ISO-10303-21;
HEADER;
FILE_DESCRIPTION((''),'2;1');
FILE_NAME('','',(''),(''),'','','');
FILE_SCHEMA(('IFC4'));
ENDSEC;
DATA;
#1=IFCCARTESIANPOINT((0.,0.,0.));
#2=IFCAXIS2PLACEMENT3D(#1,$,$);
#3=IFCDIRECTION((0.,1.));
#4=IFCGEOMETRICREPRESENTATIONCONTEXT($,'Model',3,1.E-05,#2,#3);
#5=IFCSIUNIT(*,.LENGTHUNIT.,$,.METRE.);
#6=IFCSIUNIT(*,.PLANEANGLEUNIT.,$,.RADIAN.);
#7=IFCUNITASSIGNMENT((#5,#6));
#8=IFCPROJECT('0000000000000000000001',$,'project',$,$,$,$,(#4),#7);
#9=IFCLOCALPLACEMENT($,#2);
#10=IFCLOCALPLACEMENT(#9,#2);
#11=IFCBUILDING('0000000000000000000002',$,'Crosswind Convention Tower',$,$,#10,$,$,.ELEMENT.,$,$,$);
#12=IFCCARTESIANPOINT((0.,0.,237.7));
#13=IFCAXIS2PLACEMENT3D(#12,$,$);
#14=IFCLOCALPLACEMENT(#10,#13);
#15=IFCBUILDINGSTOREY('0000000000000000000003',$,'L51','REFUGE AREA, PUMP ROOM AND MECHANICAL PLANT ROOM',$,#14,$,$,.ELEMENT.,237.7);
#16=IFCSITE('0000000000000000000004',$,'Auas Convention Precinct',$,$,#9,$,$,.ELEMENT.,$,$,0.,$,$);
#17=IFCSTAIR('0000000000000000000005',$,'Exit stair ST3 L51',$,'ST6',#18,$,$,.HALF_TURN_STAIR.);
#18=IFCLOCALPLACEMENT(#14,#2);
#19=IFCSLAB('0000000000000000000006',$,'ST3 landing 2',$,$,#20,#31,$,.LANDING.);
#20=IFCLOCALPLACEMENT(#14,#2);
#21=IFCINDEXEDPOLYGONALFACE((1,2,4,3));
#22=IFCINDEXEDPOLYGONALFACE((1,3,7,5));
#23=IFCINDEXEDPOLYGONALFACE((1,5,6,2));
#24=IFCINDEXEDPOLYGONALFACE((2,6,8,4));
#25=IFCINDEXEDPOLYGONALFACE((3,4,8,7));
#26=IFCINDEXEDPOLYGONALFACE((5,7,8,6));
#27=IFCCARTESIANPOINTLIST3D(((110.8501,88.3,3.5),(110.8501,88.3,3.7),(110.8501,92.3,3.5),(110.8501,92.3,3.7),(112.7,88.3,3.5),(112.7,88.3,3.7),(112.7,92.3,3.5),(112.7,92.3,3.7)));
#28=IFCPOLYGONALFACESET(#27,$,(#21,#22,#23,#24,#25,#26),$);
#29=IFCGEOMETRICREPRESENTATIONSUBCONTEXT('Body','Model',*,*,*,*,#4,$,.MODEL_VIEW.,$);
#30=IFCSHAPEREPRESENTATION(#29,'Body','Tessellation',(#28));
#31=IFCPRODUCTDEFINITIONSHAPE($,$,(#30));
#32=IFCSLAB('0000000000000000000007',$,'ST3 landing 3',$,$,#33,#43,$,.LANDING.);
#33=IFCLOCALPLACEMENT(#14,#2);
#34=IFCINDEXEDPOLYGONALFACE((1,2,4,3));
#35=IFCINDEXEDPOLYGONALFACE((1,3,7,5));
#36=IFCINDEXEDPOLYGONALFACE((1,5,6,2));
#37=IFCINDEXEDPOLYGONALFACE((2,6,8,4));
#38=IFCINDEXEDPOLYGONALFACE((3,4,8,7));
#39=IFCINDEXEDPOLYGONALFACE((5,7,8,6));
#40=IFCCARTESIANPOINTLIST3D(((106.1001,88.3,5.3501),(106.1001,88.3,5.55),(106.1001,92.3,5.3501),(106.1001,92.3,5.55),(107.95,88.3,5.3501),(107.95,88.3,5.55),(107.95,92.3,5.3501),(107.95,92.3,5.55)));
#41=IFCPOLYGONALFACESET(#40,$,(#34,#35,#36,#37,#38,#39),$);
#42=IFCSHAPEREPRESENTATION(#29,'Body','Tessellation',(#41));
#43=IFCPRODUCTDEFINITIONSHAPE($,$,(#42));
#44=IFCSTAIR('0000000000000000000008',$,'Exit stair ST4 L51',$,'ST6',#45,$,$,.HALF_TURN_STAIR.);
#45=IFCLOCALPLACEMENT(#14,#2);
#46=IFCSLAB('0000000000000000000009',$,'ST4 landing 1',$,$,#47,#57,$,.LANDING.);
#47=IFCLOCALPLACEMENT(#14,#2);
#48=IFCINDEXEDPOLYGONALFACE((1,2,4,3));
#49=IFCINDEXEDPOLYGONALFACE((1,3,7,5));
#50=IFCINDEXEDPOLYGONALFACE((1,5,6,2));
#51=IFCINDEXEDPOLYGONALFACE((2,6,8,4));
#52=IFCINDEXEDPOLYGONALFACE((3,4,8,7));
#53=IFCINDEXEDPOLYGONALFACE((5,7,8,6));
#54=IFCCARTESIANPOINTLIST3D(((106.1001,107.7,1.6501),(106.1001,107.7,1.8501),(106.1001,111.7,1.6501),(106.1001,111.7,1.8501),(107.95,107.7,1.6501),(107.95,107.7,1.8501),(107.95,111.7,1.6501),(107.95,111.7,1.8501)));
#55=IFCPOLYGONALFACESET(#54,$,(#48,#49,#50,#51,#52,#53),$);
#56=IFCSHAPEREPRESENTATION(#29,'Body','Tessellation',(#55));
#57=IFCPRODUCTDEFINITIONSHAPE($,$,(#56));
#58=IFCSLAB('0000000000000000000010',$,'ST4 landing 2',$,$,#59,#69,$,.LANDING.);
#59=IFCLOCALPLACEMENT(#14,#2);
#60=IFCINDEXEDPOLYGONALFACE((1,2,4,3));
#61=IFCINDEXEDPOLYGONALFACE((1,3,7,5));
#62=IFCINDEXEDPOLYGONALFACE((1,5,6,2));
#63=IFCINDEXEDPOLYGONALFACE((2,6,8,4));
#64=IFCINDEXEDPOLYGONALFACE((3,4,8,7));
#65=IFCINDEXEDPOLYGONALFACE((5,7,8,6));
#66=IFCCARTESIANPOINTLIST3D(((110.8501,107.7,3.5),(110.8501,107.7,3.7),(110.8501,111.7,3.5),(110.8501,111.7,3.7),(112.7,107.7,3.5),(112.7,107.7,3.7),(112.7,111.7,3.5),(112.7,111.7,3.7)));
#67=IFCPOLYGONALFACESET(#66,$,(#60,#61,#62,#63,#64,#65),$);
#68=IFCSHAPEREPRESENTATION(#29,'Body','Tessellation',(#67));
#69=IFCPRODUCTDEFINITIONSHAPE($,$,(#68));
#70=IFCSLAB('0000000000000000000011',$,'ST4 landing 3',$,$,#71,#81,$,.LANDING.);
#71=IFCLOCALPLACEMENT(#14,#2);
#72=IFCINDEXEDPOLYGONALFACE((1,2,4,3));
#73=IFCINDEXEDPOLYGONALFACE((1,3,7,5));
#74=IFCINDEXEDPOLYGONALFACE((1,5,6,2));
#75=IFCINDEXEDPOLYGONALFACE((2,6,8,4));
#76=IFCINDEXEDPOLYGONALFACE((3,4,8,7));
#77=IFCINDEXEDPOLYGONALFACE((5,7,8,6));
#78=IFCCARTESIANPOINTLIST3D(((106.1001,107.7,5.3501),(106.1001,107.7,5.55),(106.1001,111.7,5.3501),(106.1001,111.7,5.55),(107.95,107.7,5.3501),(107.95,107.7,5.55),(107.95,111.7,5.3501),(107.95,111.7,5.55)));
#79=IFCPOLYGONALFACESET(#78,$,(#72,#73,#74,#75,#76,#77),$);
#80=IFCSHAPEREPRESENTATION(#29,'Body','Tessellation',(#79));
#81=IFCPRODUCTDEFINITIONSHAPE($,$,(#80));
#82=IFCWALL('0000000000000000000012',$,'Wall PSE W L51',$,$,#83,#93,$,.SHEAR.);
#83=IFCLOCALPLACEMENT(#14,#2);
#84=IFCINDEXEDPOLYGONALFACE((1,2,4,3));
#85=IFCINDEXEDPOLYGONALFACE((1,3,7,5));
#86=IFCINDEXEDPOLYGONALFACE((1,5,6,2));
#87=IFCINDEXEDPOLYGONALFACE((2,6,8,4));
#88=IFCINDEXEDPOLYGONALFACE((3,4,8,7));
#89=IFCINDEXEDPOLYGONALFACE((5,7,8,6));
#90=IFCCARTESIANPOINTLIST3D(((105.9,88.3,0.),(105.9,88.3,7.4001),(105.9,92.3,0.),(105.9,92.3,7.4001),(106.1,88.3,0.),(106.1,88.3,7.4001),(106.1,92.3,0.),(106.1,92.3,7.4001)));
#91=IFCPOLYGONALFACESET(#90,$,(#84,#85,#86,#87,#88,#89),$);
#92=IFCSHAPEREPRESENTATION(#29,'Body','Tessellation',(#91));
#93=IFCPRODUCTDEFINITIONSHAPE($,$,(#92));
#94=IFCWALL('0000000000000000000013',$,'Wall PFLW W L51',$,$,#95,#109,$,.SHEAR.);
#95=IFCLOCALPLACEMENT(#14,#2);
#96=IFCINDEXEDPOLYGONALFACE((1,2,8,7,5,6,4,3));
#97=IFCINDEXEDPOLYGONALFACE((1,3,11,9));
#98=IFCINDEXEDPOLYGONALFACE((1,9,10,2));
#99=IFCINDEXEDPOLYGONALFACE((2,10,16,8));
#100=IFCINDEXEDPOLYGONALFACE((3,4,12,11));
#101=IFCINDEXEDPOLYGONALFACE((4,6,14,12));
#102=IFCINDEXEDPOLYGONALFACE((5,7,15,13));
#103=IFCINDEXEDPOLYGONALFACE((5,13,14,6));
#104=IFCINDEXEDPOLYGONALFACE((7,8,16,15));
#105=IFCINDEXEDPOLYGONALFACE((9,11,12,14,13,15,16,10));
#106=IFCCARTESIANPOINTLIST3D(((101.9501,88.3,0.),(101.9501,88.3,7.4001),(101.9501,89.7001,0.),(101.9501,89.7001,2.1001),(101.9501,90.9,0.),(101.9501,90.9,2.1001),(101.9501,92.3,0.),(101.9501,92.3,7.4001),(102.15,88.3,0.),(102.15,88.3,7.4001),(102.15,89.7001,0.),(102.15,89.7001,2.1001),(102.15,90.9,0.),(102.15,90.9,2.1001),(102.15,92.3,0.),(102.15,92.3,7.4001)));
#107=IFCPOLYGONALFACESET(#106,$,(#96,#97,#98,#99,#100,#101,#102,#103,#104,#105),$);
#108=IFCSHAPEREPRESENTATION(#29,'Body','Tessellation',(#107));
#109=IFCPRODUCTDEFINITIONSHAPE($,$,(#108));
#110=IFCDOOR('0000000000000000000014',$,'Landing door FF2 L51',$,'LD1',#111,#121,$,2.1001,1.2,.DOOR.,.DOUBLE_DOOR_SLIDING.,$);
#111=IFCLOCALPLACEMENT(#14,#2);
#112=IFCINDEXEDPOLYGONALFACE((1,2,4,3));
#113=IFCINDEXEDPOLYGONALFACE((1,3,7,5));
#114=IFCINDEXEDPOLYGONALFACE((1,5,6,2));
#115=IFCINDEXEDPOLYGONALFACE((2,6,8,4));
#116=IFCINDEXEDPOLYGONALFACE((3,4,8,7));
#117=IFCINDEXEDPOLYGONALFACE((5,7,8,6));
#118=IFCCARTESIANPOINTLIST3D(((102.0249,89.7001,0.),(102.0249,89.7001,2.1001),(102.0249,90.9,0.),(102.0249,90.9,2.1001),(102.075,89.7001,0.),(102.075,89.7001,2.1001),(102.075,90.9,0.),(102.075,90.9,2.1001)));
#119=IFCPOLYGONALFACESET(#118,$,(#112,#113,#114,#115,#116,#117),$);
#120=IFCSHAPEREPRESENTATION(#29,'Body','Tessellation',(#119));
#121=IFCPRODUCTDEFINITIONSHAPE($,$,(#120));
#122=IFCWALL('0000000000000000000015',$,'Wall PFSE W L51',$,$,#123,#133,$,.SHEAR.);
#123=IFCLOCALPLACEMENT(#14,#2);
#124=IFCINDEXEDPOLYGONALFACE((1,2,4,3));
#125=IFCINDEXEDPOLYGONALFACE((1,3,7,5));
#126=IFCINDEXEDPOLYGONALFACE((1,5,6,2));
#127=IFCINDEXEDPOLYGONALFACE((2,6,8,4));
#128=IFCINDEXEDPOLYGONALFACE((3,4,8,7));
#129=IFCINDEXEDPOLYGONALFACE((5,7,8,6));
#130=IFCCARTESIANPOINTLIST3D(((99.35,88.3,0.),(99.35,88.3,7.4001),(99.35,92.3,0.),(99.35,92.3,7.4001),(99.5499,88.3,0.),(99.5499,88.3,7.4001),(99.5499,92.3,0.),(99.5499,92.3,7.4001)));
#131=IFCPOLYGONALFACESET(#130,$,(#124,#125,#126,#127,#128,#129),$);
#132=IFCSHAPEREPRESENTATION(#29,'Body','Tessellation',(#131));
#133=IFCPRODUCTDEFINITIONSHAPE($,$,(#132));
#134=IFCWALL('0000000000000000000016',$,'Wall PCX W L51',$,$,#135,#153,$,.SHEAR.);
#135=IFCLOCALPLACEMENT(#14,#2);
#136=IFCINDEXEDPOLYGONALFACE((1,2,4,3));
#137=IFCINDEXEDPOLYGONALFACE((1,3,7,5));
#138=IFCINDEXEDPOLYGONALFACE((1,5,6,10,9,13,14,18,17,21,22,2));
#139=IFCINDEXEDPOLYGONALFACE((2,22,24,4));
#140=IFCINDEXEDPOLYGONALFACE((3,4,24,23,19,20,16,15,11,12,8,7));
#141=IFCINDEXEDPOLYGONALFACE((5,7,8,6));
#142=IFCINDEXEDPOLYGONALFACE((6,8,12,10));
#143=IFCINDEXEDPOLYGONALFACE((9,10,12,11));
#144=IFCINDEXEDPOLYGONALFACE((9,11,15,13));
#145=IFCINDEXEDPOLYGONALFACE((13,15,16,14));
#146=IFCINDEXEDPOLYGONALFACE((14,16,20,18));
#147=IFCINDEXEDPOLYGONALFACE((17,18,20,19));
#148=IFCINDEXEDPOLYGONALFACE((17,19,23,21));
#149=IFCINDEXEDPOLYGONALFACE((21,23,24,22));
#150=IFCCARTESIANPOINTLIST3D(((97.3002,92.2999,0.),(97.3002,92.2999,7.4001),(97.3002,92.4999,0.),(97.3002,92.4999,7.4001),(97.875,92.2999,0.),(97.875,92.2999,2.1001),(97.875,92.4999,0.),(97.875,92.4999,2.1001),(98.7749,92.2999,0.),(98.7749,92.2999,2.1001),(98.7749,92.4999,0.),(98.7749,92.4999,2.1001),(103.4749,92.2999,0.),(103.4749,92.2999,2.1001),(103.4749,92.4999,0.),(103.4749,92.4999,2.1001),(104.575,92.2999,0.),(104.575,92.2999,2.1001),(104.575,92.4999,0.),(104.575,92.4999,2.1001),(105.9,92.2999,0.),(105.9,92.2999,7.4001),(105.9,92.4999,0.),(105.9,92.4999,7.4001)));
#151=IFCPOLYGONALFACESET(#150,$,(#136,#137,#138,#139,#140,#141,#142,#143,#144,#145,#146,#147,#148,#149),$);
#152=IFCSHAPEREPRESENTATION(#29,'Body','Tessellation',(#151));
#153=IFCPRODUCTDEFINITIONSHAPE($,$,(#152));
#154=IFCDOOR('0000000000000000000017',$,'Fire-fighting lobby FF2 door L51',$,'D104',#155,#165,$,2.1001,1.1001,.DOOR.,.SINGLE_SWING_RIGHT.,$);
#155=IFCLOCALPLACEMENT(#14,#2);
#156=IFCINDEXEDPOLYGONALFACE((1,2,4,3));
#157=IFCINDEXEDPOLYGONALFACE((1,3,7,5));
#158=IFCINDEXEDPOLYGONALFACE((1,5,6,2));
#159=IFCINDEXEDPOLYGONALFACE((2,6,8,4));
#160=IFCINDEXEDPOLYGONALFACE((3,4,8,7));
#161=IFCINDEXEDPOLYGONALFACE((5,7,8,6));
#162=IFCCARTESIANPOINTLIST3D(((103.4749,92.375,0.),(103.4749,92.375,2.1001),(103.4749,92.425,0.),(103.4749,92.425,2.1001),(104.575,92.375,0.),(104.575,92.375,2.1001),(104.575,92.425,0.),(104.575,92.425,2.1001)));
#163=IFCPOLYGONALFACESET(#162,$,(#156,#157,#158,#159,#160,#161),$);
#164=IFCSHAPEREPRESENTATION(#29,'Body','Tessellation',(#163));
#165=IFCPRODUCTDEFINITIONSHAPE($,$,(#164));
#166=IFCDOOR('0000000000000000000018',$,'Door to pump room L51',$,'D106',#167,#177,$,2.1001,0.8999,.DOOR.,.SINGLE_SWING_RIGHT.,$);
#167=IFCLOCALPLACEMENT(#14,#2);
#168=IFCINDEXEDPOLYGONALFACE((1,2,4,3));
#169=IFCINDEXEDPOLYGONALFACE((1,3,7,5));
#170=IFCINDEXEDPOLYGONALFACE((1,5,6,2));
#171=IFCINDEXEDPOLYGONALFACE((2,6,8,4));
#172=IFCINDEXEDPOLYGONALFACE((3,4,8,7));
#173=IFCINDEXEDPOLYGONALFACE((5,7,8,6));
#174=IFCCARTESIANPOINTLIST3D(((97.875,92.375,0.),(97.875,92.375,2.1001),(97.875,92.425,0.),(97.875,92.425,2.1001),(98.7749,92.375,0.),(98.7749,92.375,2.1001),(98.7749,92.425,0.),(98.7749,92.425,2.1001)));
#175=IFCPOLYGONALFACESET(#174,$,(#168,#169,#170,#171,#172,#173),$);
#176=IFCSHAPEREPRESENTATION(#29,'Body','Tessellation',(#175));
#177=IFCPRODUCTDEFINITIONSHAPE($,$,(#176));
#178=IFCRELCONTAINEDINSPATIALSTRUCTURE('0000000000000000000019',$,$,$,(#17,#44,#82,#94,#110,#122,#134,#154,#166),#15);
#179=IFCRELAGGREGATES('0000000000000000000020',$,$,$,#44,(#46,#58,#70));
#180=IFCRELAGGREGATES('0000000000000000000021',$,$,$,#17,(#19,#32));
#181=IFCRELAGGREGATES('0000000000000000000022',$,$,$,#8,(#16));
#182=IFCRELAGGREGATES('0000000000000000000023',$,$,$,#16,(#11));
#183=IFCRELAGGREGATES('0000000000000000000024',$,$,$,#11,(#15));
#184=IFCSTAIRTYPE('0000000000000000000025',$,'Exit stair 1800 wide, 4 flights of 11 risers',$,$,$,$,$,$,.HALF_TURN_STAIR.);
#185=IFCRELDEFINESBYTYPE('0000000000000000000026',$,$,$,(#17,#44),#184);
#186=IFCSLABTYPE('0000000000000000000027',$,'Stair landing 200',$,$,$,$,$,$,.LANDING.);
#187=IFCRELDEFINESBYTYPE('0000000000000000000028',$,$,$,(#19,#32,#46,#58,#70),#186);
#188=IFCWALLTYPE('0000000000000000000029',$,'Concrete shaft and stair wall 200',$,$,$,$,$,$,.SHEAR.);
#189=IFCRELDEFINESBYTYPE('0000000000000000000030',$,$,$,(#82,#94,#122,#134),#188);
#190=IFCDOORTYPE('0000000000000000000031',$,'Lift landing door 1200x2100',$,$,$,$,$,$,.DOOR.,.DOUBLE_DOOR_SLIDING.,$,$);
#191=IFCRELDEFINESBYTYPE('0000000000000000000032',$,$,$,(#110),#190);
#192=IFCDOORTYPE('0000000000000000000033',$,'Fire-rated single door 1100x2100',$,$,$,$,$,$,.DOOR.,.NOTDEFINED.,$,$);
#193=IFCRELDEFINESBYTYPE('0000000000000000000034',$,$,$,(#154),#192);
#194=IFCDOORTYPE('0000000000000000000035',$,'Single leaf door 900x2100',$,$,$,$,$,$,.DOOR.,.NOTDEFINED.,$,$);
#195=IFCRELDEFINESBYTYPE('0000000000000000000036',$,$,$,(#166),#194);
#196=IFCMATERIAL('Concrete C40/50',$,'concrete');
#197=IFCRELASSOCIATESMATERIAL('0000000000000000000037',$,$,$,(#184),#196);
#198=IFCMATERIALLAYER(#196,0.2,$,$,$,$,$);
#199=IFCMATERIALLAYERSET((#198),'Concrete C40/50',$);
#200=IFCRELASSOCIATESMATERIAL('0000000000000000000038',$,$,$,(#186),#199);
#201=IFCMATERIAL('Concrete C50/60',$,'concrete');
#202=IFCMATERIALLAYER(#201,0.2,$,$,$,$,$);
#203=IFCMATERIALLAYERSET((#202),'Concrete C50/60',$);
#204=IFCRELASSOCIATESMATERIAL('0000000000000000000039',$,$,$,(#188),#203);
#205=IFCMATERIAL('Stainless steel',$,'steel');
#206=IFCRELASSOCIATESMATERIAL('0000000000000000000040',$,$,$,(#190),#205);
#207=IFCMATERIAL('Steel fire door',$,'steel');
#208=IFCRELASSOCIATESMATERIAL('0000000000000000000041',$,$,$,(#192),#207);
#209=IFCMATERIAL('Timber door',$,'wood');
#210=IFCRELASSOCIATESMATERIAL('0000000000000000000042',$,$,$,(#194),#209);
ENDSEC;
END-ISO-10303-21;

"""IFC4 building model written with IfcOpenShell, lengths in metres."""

from ifc_helpers import new_model, si_unit, direction, frame, frame_2d, origin, place, context, subcontext, project, spatial, polyline, rectangle, outline, extrude, material, layer, layer_set, type_object, element, fill, aggregate, save


model = new_model("IFC4")

# Units and contexts
model_context = context("Model", 3, precision=1e-05, world=origin(), true_north=direction((0.0, 1.0)))
body_context = subcontext(model_context, "Body", "Model", "MODEL_VIEW")
ifc_project = project(units=[si_unit("LENGTHUNIT", "METRE"), si_unit("PLANEANGLEUNIT", "RADIAN")], contexts=[model_context])

# Site, building, storey
site_placement = place(None, origin())
site = spatial("IfcSite", under=ifc_project, at=site_placement, Name="Auas Convention Precinct", CompositionType="ELEMENT", RefElevation=0.0)
building_placement = place(site_placement, origin())
building = spatial("IfcBuilding", under=site, at=building_placement, Name="Crosswind Convention Tower", CompositionType="ELEMENT")
storey_placement = place(building_placement, frame((0.0, 0.0, 237.7)))
storey = spatial("IfcBuildingStorey", under=building, at=storey_placement, Name="L51", Description="REFUGE AREA, PUMP ROOM AND MECHANICAL PLANT ROOM", CompositionType="ELEMENT", Elevation=237.7)

# Shared definitions
ifc_material_1 = material(Name="Concrete C40/50", Category="concrete")

# Stairs, slabs
stair_type = type_object("IfcStairType", Name="Exit stair 1800 wide, 4 flights of 11 risers", PredefinedType="HALF_TURN_STAIR", material=ifc_material_1)
ifc_layer_1 = layer(ifc_material_1, 0.2)
ifc_layer_set_1 = layer_set([ifc_layer_1], Name="Concrete C40/50")
slab_type_1 = type_object("IfcSlabType", Name="Stair landing 200", PredefinedType="LANDING", material=ifc_layer_set_1)
stair_1_placement = place(storey_placement, origin())
stair_1 = element("IfcStair", 1, at=stair_1_placement, inside=storey, type_object=stair_type, Name="Exit stair ST3 L51", ObjectType="ST6", PredefinedType="HALF_TURN_STAIR")
slab_1_placement = place(storey_placement, frame((0.0, 0.0, 3.5)))
slab_1 = element("IfcSlab", 2, at=slab_1_placement, type_object=slab_type_1, Name="ST3 landing 2", PredefinedType="LANDING", context=body_context, shape_type="SweptSolid", body=[
    extrude(outline(polyline([(112.7, 88.3), (112.7, 92.3), (110.8501, 92.3), (110.8501, 88.3), (112.7, 88.3)])), origin(), (0.0, 0.0, 1.0), 0.2),
])
slab_2_placement = place(storey_placement, frame((0.0, 0.0, 5.3501)))
slab_2 = element("IfcSlab", 3, at=slab_2_placement, type_object=slab_type_1, Name="ST3 landing 3", PredefinedType="LANDING", context=body_context, shape_type="SweptSolid", body=[
    extrude(outline(polyline([(107.95, 88.3), (107.95, 92.3), (106.1001, 92.3), (106.1001, 88.3), (107.95, 88.3)])), origin(), (0.0, 0.0, 1.0), 0.2),
])
stair_2_placement = place(storey_placement, origin())
stair_2 = element("IfcStair", 4, at=stair_2_placement, inside=storey, type_object=stair_type, Name="Exit stair ST4 L51", ObjectType="ST6", PredefinedType="HALF_TURN_STAIR")
slab_3_placement = place(storey_placement, frame((0.0, 0.0, 1.6501)))
slab_3 = element("IfcSlab", 5, at=slab_3_placement, type_object=slab_type_1, Name="ST4 landing 1", PredefinedType="LANDING", context=body_context, shape_type="SweptSolid", body=[
    extrude(outline(polyline([(107.95, 107.7), (107.95, 111.7), (106.1001, 111.7), (106.1001, 107.7), (107.95, 107.7)])), origin(), (0.0, 0.0, 1.0), 0.2),
])
slab_4_placement = place(storey_placement, frame((0.0, 0.0, 3.5)))
slab_4 = element("IfcSlab", 6, at=slab_4_placement, type_object=slab_type_1, Name="ST4 landing 2", PredefinedType="LANDING", context=body_context, shape_type="SweptSolid", body=[
    extrude(outline(polyline([(112.7, 107.7), (112.7, 111.7), (110.8501, 111.7), (110.8501, 107.7), (112.7, 107.7)])), origin(), (0.0, 0.0, 1.0), 0.2),
])
slab_5_placement = place(storey_placement, frame((0.0, 0.0, 5.3501)))
slab_5 = element("IfcSlab", 7, at=slab_5_placement, type_object=slab_type_1, Name="ST4 landing 3", PredefinedType="LANDING", context=body_context, shape_type="SweptSolid", body=[
    extrude(outline(polyline([(107.95, 107.7), (107.95, 111.7), (106.1001, 111.7), (106.1001, 107.7), (107.95, 107.7)])), origin(), (0.0, 0.0, 1.0), 0.2),
])
aggregate(stair_2, [slab_3, slab_4, slab_5])

# Wall
ifc_material_2 = material(Name="Concrete C50/60", Category="concrete")
ifc_layer_2 = layer(ifc_material_2, 0.2)
ifc_layer_set_2 = layer_set([ifc_layer_2], Name="Concrete C50/60")
wall_type_1 = type_object("IfcWallType", Name="Concrete shaft and stair wall 200", PredefinedType="SHEAR", material=ifc_layer_set_2)
wall_1_placement = place(storey_placement, frame((106.0, 92.3, 0.0), z_axis=(0.0, 0.0, 1.0), x_axis=(0.0, -1.0, 0.0)))
element("IfcWall", 8, at=wall_1_placement, inside=storey, type_object=wall_type_1, Name="Wall PSE W L51", PredefinedType="SHEAR", context=body_context, shape_type="SweptSolid", body=[
    extrude(rectangle(XDim=4.0, YDim=0.2, at=frame_2d((2.0, 0.0))), origin(), (0.0, 0.0, 1.0), 7.4001),
])

# Wall, opening, door
wall_2_placement = place(storey_placement, frame((102.05, 92.3, 0.0), z_axis=(0.0, 0.0, 1.0), x_axis=(0.0, -1.0, 0.0)))
wall_2 = element("IfcWall", 9, at=wall_2_placement, inside=storey, type_object=wall_type_1, Name="Wall PFLW W L51", PredefinedType="SHEAR", context=body_context, shape_type="SweptSolid", body=[
    extrude(rectangle(XDim=4.0, YDim=0.2, at=frame_2d((2.0, 0.0))), origin(), (0.0, 0.0, 1.0), 7.4001),
])
opening_1_placement = place(wall_2_placement, frame((1.3999, 0.0, 0.0)))
opening_1 = element("IfcOpeningElement", 10, at=opening_1_placement, cuts=wall_2, PredefinedType="OPENING", context=body_context, shape_type="SweptSolid", body=[
    extrude(rectangle(XDim=1.2, YDim=2.1001, at=frame_2d((0.6001, 1.05))), frame((0.0, 0.1099, 0.0), z_axis=(0.0, -1.0, 0.0), x_axis=(1.0, 0.0, 0.0)), (0.0, 0.0, 1.0), 0.22),
])
ifc_material_3 = material(Name="Stainless steel", Category="steel")
door_type_1 = type_object("IfcDoorType", Name="Lift landing door 1200x2100", OperationType="DOUBLE_DOOR_SLIDING", PredefinedType="DOOR", material=ifc_material_3)
door_1_placement = place(opening_1_placement, origin())
door_1 = element("IfcDoor", 11, at=door_1_placement, inside=storey, type_object=door_type_1, Name="Landing door FF2 L51", ObjectType="LD1", OperationType="DOUBLE_DOOR_SLIDING", OverallHeight=2.1001, OverallWidth=1.2, PredefinedType="DOOR", context=body_context, shape_type="SweptSolid", body=[
    extrude(rectangle(XDim=1.2, YDim=2.1001, at=frame_2d((0.6001, 1.05))), frame((0.0, 0.0249, 0.0), z_axis=(0.0, -1.0, 0.0), x_axis=(1.0, 0.0, 0.0)), (0.0, 0.0, 1.0), 0.05),
])
fill(opening_1, door_1)

# Wall
wall_3_placement = place(storey_placement, frame((99.45, 92.3, 0.0), z_axis=(0.0, 0.0, 1.0), x_axis=(0.0, -1.0, 0.0)))
element("IfcWall", 12, at=wall_3_placement, inside=storey, type_object=wall_type_1, Name="Wall PFSE W L51", PredefinedType="SHEAR", context=body_context, shape_type="SweptSolid", body=[
    extrude(rectangle(XDim=4.0, YDim=0.2, at=frame_2d((2.0, 0.0))), origin(), (0.0, 0.0, 1.0), 7.4001),
])

# Wall, openings, doors
wall_4_placement = place(storey_placement, frame((105.8999, 92.3999, 0.0), z_axis=(0.0, 0.0, 1.0), x_axis=(-1.0, 0.0, 0.0)))
wall_4 = element("IfcWall", 13, at=wall_4_placement, inside=storey, type_object=wall_type_1, Name="Wall PCX W L51", PredefinedType="SHEAR", context=body_context, shape_type="SweptSolid", body=[
    extrude(rectangle(XDim=8.5999, YDim=0.2, at=frame_2d((4.2998, 0.0))), origin(), (0.0, 0.0, 1.0), 7.4001),
])
opening_2_placement = place(wall_4_placement, frame((1.325, 0.0, 0.0)))
opening_2 = element("IfcOpeningElement", 14, at=opening_2_placement, cuts=wall_4, PredefinedType="OPENING", context=body_context, shape_type="SweptSolid", body=[
    extrude(rectangle(XDim=1.1001, YDim=2.1001, at=frame_2d((0.55, 1.05))), frame((0.0, 0.1099, 0.0), z_axis=(0.0, -1.0, 0.0), x_axis=(1.0, 0.0, 0.0)), (0.0, 0.0, 1.0), 0.22),
])
opening_3_placement = place(wall_4_placement, frame((7.125, 0.0, 0.0)))
opening_3 = element("IfcOpeningElement", 15, at=opening_3_placement, cuts=wall_4, PredefinedType="OPENING", context=body_context, shape_type="SweptSolid", body=[
    extrude(rectangle(XDim=0.8999, YDim=2.1001, at=frame_2d((0.45, 1.05))), frame((0.0, 0.1099, 0.0), z_axis=(0.0, -1.0, 0.0), x_axis=(1.0, 0.0, 0.0)), (0.0, 0.0, 1.0), 0.22),
])
ifc_material_4 = material(Name="Steel fire door", Category="steel")
door_type_2 = type_object("IfcDoorType", Name="Fire-rated single door 1100x2100", OperationType="NOTDEFINED", PredefinedType="DOOR", material=ifc_material_4)
door_2_placement = place(opening_2_placement, origin())
door_2 = element("IfcDoor", 16, at=door_2_placement, inside=storey, type_object=door_type_2, Name="Fire-fighting lobby FF2 door L51", ObjectType="D104", OperationType="SINGLE_SWING_RIGHT", OverallHeight=2.1001, OverallWidth=1.1001, PredefinedType="DOOR", context=body_context, shape_type="SweptSolid", body=[
    extrude(rectangle(XDim=1.1001, YDim=2.1001, at=frame_2d((0.55, 1.05))), frame((0.0, 0.0249, 0.0), z_axis=(0.0, -1.0, 0.0), x_axis=(1.0, 0.0, 0.0)), (0.0, 0.0, 1.0), 0.05),
])
fill(opening_2, door_2)
ifc_material_5 = material(Name="Timber door", Category="wood")
door_type_3 = type_object("IfcDoorType", Name="Single leaf door 900x2100", OperationType="NOTDEFINED", PredefinedType="DOOR", material=ifc_material_5)
door_3_placement = place(opening_3_placement, origin())
door_3 = element("IfcDoor", 17, at=door_3_placement, inside=storey, type_object=door_type_3, Name="Door to pump room L51", ObjectType="D106", OperationType="SINGLE_SWING_RIGHT", OverallHeight=2.1001, OverallWidth=0.8999, PredefinedType="DOOR", context=body_context, shape_type="SweptSolid", body=[
    extrude(rectangle(XDim=0.8999, YDim=2.1001, at=frame_2d((0.45, 1.05))), frame((0.0, 0.0249, 0.0), z_axis=(0.0, -1.0, 0.0), x_axis=(1.0, 0.0, 0.0)), (0.0, 0.0, 1.0), 0.05),
])
fill(opening_3, door_3)

aggregate(stair_1, [slab_1, slab_2])

save(model, "model.ifc")
